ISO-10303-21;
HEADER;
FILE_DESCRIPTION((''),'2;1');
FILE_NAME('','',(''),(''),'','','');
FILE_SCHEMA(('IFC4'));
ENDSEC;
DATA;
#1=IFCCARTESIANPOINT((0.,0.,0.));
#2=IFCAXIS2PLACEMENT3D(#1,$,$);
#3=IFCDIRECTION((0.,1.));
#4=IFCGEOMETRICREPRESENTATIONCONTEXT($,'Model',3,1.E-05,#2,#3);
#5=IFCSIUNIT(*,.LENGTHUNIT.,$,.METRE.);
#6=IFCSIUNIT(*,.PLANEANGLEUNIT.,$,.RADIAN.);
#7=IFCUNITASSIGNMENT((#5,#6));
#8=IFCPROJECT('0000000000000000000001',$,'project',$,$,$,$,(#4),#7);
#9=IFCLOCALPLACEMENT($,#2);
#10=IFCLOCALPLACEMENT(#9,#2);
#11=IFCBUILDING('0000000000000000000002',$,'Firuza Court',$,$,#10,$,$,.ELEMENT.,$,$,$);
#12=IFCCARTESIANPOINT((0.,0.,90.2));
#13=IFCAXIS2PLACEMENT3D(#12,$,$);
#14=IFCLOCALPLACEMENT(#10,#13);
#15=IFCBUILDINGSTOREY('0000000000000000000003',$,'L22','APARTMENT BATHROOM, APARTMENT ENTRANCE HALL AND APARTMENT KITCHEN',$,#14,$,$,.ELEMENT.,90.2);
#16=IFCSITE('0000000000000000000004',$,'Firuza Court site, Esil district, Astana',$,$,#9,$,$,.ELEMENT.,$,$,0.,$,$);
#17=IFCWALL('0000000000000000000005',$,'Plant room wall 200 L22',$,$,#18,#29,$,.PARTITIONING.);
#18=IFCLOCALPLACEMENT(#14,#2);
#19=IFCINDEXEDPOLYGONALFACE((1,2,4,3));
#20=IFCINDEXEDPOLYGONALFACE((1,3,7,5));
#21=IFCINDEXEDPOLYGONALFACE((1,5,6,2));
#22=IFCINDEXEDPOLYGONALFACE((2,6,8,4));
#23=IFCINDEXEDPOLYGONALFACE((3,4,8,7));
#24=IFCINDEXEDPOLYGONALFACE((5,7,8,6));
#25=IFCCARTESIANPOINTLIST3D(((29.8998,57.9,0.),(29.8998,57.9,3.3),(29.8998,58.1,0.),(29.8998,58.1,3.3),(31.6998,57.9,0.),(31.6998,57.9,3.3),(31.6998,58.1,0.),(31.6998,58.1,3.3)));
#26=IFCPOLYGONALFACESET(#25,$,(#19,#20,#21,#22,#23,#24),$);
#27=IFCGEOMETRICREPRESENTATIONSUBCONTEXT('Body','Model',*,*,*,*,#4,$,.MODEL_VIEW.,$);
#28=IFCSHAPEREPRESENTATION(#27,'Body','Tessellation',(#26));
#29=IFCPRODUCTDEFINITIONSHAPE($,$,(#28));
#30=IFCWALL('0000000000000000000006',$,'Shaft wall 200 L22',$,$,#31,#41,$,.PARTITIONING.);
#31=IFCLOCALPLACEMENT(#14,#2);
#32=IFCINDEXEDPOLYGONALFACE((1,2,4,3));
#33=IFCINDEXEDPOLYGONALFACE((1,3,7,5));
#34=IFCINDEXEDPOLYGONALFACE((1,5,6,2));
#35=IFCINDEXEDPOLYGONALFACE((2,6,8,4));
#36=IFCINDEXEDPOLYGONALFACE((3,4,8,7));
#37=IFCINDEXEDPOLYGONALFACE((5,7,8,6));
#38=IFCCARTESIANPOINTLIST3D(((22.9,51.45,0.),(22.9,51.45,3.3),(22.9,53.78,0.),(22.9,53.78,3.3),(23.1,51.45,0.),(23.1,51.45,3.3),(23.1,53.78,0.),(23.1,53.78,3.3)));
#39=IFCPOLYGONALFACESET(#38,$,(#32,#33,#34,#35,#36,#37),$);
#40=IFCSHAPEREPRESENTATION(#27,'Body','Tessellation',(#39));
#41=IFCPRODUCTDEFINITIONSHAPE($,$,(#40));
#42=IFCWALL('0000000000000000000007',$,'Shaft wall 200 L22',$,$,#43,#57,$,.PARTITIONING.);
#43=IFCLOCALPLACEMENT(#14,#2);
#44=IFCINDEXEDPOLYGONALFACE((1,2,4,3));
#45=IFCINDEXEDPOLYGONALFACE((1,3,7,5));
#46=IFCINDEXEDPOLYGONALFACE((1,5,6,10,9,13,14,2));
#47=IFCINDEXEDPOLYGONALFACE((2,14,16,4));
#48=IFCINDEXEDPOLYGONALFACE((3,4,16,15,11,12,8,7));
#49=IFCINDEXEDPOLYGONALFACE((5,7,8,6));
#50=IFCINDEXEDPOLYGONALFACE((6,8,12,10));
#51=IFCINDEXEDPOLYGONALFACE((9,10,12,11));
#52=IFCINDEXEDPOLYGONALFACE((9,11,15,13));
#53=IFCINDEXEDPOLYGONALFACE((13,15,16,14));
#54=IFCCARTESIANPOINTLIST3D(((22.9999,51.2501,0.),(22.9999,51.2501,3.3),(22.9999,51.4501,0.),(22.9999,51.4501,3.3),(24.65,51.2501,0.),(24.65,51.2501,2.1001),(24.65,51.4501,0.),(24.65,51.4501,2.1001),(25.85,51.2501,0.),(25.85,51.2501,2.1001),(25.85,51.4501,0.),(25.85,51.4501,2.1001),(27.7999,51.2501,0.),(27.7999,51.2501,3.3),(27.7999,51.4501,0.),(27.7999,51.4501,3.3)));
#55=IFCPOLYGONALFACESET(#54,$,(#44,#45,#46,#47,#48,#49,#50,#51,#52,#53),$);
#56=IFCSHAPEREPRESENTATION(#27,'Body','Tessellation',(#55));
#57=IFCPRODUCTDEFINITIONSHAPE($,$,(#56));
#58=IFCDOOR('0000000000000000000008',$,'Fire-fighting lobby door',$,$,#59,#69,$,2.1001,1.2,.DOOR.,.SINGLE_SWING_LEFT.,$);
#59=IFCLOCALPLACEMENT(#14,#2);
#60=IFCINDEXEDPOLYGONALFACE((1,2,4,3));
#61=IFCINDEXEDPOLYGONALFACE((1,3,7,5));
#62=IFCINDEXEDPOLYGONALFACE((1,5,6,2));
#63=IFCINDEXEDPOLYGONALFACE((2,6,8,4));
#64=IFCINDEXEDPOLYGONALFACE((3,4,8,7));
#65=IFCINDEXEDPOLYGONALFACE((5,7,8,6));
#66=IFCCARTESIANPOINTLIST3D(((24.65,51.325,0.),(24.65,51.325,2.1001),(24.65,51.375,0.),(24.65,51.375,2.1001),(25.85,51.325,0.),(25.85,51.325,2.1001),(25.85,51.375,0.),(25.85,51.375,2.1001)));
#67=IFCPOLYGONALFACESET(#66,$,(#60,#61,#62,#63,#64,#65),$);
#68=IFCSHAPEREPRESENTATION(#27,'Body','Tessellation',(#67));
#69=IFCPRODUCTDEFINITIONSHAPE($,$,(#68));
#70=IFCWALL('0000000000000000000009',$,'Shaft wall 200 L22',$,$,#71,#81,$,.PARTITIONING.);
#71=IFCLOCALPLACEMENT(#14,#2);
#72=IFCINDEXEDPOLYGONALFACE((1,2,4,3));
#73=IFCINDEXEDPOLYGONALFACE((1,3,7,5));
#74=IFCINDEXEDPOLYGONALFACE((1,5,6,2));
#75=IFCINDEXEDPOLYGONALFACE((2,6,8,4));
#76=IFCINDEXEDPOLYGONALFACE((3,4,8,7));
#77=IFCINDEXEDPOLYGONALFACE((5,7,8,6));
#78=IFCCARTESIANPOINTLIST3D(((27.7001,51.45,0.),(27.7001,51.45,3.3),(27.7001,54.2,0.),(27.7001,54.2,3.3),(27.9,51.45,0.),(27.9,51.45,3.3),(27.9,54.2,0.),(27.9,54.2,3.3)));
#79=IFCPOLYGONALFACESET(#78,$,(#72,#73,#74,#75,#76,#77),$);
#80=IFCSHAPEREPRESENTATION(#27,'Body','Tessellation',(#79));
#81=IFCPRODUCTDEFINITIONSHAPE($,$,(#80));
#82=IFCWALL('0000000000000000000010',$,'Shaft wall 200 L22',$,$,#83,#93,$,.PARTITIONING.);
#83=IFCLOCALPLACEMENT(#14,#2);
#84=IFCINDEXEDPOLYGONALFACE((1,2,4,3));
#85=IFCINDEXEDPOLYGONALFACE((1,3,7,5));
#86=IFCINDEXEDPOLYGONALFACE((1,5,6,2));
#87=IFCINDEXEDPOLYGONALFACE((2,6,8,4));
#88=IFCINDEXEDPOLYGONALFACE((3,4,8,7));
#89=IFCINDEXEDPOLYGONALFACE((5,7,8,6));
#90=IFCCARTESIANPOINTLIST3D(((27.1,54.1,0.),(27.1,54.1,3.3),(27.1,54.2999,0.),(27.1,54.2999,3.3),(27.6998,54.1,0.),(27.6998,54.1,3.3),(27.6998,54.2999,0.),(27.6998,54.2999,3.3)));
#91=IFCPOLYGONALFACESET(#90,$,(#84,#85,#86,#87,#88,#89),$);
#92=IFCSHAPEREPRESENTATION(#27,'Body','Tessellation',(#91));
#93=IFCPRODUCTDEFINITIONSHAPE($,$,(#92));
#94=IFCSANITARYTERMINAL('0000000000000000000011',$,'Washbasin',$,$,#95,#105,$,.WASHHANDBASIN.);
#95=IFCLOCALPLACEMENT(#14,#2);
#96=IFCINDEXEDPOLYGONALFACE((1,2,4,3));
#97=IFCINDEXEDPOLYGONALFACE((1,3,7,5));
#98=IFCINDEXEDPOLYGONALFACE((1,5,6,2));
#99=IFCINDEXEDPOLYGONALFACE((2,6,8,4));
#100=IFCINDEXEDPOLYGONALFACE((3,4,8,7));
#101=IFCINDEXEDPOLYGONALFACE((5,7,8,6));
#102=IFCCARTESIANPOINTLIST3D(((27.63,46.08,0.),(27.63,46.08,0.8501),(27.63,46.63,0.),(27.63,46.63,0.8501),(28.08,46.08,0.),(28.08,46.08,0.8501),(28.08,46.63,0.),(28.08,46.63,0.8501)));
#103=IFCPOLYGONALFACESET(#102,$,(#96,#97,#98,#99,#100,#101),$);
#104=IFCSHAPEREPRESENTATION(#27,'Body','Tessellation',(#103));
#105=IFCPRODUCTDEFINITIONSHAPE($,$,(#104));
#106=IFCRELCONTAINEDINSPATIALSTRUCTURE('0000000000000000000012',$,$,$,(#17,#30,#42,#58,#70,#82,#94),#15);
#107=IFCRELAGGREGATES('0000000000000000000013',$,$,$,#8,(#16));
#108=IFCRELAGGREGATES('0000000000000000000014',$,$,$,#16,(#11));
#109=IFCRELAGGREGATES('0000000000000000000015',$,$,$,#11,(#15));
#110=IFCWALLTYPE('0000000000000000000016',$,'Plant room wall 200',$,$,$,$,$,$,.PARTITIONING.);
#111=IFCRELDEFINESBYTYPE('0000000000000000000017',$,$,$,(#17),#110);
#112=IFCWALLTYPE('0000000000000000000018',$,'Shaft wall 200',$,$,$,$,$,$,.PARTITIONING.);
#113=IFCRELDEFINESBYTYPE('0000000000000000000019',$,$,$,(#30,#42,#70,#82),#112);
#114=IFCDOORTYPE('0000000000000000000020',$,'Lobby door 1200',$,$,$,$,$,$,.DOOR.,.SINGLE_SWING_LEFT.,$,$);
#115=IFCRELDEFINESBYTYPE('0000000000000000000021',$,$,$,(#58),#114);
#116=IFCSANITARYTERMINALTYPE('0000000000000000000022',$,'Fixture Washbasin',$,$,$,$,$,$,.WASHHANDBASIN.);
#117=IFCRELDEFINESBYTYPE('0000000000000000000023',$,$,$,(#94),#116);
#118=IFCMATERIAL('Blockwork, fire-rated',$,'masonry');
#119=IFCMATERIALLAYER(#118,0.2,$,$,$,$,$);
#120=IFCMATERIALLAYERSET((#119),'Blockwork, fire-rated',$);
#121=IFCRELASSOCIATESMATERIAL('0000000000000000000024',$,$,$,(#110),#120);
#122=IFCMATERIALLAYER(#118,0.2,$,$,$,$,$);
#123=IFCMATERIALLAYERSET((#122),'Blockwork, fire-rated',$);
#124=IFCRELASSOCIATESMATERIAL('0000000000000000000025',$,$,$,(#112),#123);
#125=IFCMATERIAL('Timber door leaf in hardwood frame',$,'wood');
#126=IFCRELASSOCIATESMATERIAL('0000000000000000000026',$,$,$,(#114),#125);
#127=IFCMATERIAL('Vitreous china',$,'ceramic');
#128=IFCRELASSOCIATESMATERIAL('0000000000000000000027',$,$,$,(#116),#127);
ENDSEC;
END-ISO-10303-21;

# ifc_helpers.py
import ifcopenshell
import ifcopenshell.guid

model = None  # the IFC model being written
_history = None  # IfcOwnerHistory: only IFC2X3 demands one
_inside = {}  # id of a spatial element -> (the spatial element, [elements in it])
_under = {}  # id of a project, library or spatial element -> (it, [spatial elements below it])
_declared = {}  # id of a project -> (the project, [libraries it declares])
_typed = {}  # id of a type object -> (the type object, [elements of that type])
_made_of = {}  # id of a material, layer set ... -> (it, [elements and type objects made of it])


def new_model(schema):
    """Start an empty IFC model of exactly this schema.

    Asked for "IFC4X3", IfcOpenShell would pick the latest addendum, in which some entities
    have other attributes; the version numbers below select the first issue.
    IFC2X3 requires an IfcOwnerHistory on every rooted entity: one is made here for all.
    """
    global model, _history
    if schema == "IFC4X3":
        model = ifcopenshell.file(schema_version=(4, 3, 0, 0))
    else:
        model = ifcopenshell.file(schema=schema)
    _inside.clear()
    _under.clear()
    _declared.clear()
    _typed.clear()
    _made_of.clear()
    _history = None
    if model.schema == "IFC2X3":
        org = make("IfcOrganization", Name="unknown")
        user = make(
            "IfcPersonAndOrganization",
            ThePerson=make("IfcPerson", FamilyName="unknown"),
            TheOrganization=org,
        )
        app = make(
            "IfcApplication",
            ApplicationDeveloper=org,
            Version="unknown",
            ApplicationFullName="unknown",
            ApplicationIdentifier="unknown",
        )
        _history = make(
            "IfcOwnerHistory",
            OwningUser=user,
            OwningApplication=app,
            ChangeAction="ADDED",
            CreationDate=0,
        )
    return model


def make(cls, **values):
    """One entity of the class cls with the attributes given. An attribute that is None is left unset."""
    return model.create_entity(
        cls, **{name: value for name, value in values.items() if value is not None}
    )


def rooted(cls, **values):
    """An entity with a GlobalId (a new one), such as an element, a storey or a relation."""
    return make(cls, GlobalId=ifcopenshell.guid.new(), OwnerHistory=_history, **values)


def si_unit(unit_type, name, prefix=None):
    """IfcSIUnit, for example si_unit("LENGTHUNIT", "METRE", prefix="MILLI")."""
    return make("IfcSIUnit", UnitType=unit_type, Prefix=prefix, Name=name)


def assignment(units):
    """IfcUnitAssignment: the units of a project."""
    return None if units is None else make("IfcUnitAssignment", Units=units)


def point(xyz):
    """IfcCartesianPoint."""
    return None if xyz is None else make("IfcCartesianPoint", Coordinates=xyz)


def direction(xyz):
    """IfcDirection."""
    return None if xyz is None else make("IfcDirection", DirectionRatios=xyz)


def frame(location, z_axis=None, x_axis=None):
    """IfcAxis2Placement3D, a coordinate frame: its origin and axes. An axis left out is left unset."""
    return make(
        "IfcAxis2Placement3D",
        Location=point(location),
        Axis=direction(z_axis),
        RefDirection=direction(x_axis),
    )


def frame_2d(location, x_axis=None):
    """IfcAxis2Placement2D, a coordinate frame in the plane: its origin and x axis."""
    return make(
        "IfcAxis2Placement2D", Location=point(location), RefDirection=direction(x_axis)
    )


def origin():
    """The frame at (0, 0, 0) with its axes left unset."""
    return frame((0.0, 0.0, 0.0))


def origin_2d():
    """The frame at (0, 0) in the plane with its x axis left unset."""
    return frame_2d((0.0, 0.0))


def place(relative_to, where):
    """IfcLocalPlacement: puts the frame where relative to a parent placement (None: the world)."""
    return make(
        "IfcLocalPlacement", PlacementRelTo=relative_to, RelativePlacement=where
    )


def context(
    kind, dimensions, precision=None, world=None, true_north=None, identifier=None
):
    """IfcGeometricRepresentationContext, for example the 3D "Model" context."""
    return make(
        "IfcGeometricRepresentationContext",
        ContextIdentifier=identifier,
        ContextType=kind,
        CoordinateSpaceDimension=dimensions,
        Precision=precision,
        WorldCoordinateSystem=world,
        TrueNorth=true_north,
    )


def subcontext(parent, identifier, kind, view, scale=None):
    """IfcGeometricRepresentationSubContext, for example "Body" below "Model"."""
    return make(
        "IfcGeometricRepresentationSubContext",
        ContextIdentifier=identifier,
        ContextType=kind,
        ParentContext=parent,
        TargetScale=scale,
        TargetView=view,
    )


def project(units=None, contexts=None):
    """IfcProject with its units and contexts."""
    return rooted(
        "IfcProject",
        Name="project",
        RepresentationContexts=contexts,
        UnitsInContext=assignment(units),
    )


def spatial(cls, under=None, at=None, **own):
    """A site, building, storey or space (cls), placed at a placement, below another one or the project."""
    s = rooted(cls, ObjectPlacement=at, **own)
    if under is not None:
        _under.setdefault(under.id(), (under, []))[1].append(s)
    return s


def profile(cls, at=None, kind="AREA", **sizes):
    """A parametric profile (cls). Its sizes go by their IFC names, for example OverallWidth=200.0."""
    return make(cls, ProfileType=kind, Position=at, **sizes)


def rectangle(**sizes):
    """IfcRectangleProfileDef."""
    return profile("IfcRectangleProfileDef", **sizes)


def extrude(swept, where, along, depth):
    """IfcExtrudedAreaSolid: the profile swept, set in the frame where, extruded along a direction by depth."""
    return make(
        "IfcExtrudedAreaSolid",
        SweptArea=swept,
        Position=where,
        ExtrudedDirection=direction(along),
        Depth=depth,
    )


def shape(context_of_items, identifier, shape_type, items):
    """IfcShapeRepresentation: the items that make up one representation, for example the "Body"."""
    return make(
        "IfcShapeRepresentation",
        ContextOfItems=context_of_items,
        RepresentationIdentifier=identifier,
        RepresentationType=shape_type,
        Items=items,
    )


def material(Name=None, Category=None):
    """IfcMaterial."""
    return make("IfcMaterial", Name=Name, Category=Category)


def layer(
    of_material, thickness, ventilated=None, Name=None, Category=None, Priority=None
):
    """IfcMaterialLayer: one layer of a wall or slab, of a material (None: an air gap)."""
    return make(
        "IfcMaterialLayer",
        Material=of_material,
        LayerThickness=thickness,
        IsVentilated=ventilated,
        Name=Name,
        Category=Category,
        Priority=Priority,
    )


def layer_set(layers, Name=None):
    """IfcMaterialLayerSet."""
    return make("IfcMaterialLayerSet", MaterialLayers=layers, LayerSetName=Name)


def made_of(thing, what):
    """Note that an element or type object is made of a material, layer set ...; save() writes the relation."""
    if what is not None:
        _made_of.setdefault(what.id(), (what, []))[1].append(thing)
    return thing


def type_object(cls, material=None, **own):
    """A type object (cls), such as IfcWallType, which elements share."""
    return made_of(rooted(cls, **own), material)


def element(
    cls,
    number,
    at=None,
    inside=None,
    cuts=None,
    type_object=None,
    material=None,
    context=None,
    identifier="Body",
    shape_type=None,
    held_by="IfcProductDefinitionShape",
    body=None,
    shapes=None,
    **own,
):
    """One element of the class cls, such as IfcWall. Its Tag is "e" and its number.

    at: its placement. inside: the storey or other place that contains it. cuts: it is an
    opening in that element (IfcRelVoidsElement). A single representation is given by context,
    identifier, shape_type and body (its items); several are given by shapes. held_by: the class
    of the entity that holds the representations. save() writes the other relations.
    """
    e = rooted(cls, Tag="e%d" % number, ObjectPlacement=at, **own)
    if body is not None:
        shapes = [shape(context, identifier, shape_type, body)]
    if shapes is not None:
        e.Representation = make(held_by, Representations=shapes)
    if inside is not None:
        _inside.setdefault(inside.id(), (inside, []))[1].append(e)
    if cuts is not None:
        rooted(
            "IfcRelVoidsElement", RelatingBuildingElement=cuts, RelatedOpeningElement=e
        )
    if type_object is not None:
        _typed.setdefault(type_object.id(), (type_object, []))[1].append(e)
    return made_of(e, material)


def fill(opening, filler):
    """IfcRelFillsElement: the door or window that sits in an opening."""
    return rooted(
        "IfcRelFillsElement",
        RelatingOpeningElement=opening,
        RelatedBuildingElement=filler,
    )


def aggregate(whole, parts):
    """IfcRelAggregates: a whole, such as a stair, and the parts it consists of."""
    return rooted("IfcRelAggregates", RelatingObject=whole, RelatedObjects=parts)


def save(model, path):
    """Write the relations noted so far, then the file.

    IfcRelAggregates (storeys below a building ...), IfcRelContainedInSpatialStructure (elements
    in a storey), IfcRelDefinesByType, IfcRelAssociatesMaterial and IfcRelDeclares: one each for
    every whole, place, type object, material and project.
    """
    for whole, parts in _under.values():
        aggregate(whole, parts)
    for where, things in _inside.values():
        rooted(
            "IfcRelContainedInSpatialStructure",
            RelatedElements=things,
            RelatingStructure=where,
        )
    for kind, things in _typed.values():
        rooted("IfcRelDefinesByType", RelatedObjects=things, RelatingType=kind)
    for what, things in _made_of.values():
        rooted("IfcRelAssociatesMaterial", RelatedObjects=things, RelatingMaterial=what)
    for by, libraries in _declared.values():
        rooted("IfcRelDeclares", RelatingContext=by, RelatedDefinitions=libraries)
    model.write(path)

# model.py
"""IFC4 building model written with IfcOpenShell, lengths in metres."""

from ifc_helpers import new_model, si_unit, direction, frame, frame_2d, origin, origin_2d, place, context, subcontext, project, spatial, rectangle, extrude, material, layer, layer_set, type_object, element, fill, save


model = new_model("IFC4")

# Units and contexts
model_context = context("Model", 3, precision=1e-05, world=origin(), true_north=direction((0.0, 1.0)))
body_context = subcontext(model_context, "Body", "Model", "MODEL_VIEW")
ifc_project = project(units=[si_unit("LENGTHUNIT", "METRE"), si_unit("PLANEANGLEUNIT", "RADIAN")], contexts=[model_context])

# Site, building, storey
site_placement = place(None, origin())
site = spatial("IfcSite", under=ifc_project, at=site_placement, Name="Firuza Court site, Esil district, Astana", CompositionType="ELEMENT", RefElevation=0.0)
building_placement = place(site_placement, origin())
building = spatial("IfcBuilding", under=site, at=building_placement, Name="Firuza Court", CompositionType="ELEMENT")
storey_placement = place(building_placement, frame((0.0, 0.0, 90.2)))
storey = spatial("IfcBuildingStorey", under=building, at=storey_placement, Name="L22", Description="APARTMENT BATHROOM, APARTMENT ENTRANCE HALL AND APARTMENT KITCHEN", CompositionType="ELEMENT", Elevation=90.2)

# Shared definitions
ifc_material_1 = material(Name="Blockwork, fire-rated", Category="masonry")
ifc_layer_1 = layer(ifc_material_1, 0.2)
ifc_layer_set_1 = layer_set([ifc_layer_1], Name="Blockwork, fire-rated")
wall_type_1 = type_object("IfcWallType", Name="Plant room wall 200", PredefinedType="PARTITIONING", material=ifc_layer_set_1)

# Walls
wall_1_placement = place(storey_placement, frame((29.8999, 58.0, 0.0), z_axis=(0.0, 0.0, 1.0), x_axis=(1.0, 0.0, 0.0)))
element("IfcWall", 1, at=wall_1_placement, inside=storey, type_object=wall_type_1, Name="Plant room wall 200 L22", PredefinedType="PARTITIONING", context=body_context, shape_type="SweptSolid", body=[
    extrude(rectangle(XDim=1.8, YDim=0.2, at=frame_2d((0.8999, 0.0))), origin(), (0.0, 0.0, 1.0), 3.3),
])
ifc_layer_2 = layer(ifc_material_1, 0.2)
ifc_layer_set_2 = layer_set([ifc_layer_2], Name="Blockwork, fire-rated")
wall_type_2 = type_object("IfcWallType", Name="Shaft wall 200", PredefinedType="PARTITIONING", material=ifc_layer_set_2)
wall_2_placement = place(storey_placement, frame((23.0, 51.45, 0.0), z_axis=(0.0, 0.0, 1.0), x_axis=(0.0, 1.0, 0.0)))
element("IfcWall", 2, at=wall_2_placement, inside=storey, type_object=wall_type_2, Name="Shaft wall 200 L22", PredefinedType="PARTITIONING", context=body_context, shape_type="SweptSolid", body=[
    extrude(rectangle(XDim=2.3301, YDim=0.2, at=frame_2d((1.165, 0.0))), origin(), (0.0, 0.0, 1.0), 3.3),
])

# Wall, opening, door
wall_3_placement = place(storey_placement, frame((23.0, 51.3501, 0.0), z_axis=(0.0, 0.0, 1.0), x_axis=(1.0, 0.0, 0.0)))
wall_3 = element("IfcWall", 3, at=wall_3_placement, inside=storey, type_object=wall_type_2, Name="Shaft wall 200 L22", PredefinedType="PARTITIONING", context=body_context, shape_type="SweptSolid", body=[
    extrude(rectangle(XDim=4.8, YDim=0.2, at=frame_2d((2.3999, 0.0))), origin(), (0.0, 0.0, 1.0), 3.3),
])
opening_1_placement = place(wall_3_placement, frame((1.6499, 0.0, 0.0)))
opening_1 = element("IfcOpeningElement", 4, at=opening_1_placement, cuts=wall_3, PredefinedType="OPENING", context=body_context, shape_type="SweptSolid", body=[
    extrude(rectangle(XDim=1.2, YDim=2.1001, at=frame_2d((0.6001, 1.05))), frame((0.0, 0.1118, 0.0), z_axis=(0.0, -1.0, 0.0), x_axis=(1.0, 0.0, 0.0)), (0.0, 0.0, 1.0), 0.2239),
])
ifc_material_2 = material(Name="Timber door leaf in hardwood frame", Category="wood")
door_type_1 = type_object("IfcDoorType", Name="Lobby door 1200", OperationType="SINGLE_SWING_LEFT", PredefinedType="DOOR", material=ifc_material_2)
door_1_placement = place(opening_1_placement, origin())
door_1 = element("IfcDoor", 5, at=door_1_placement, inside=storey, type_object=door_type_1, Name="Fire-fighting lobby door", OperationType="SINGLE_SWING_LEFT", OverallHeight=2.1001, OverallWidth=1.2, PredefinedType="DOOR", context=body_context, shape_type="SweptSolid", body=[
    extrude(rectangle(XDim=1.2, YDim=2.1001, at=frame_2d((0.6001, 1.05))), frame((0.0, 0.0249, 0.0), z_axis=(0.0, -1.0, 0.0), x_axis=(1.0, 0.0, 0.0)), (0.0, 0.0, 1.0), 0.05),
])
fill(opening_1, door_1)

# Walls
wall_4_placement = place(storey_placement, frame((27.8, 51.45, 0.0), z_axis=(0.0, 0.0, 1.0), x_axis=(0.0, 1.0, 0.0)))
element("IfcWall", 6, at=wall_4_placement, inside=storey, type_object=wall_type_2, Name="Shaft wall 200 L22", PredefinedType="PARTITIONING", context=body_context, shape_type="SweptSolid", body=[
    extrude(rectangle(XDim=2.75, YDim=0.2, at=frame_2d((1.375, 0.0))), origin(), (0.0, 0.0, 1.0), 3.3),
])
wall_5_placement = place(storey_placement, frame((27.1001, 54.2, 0.0), z_axis=(0.0, 0.0, 1.0), x_axis=(1.0, 0.0, 0.0)))
element("IfcWall", 7, at=wall_5_placement, inside=storey, type_object=wall_type_2, Name="Shaft wall 200 L22", PredefinedType="PARTITIONING", context=body_context, shape_type="SweptSolid", body=[
    extrude(rectangle(XDim=0.5999, YDim=0.2, at=frame_2d((0.2998, 0.0))), origin(), (0.0, 0.0, 1.0), 3.3),
])

# Sanitary terminal
ifc_material_3 = material(Name="Vitreous china", Category="ceramic")
sanitary_terminal_type = type_object("IfcSanitaryTerminalType", Name="Fixture Washbasin", PredefinedType="WASHHANDBASIN", material=ifc_material_3)
sanitary_terminal_placement = place(storey_placement, frame((27.855, 46.355, 0.0), z_axis=(0.0, 0.0, 1.0), x_axis=(1.0, 0.0, 0.0)))
element("IfcSanitaryTerminal", 8, at=sanitary_terminal_placement, inside=storey, type_object=sanitary_terminal_type, Name="Washbasin", PredefinedType="WASHHANDBASIN", context=body_context, shape_type="SweptSolid", body=[
    extrude(rectangle(XDim=0.45, YDim=0.55, at=origin_2d()), origin(), (0.0, 0.0, 1.0), 0.8501),
])

save(model, "model.ifc")
